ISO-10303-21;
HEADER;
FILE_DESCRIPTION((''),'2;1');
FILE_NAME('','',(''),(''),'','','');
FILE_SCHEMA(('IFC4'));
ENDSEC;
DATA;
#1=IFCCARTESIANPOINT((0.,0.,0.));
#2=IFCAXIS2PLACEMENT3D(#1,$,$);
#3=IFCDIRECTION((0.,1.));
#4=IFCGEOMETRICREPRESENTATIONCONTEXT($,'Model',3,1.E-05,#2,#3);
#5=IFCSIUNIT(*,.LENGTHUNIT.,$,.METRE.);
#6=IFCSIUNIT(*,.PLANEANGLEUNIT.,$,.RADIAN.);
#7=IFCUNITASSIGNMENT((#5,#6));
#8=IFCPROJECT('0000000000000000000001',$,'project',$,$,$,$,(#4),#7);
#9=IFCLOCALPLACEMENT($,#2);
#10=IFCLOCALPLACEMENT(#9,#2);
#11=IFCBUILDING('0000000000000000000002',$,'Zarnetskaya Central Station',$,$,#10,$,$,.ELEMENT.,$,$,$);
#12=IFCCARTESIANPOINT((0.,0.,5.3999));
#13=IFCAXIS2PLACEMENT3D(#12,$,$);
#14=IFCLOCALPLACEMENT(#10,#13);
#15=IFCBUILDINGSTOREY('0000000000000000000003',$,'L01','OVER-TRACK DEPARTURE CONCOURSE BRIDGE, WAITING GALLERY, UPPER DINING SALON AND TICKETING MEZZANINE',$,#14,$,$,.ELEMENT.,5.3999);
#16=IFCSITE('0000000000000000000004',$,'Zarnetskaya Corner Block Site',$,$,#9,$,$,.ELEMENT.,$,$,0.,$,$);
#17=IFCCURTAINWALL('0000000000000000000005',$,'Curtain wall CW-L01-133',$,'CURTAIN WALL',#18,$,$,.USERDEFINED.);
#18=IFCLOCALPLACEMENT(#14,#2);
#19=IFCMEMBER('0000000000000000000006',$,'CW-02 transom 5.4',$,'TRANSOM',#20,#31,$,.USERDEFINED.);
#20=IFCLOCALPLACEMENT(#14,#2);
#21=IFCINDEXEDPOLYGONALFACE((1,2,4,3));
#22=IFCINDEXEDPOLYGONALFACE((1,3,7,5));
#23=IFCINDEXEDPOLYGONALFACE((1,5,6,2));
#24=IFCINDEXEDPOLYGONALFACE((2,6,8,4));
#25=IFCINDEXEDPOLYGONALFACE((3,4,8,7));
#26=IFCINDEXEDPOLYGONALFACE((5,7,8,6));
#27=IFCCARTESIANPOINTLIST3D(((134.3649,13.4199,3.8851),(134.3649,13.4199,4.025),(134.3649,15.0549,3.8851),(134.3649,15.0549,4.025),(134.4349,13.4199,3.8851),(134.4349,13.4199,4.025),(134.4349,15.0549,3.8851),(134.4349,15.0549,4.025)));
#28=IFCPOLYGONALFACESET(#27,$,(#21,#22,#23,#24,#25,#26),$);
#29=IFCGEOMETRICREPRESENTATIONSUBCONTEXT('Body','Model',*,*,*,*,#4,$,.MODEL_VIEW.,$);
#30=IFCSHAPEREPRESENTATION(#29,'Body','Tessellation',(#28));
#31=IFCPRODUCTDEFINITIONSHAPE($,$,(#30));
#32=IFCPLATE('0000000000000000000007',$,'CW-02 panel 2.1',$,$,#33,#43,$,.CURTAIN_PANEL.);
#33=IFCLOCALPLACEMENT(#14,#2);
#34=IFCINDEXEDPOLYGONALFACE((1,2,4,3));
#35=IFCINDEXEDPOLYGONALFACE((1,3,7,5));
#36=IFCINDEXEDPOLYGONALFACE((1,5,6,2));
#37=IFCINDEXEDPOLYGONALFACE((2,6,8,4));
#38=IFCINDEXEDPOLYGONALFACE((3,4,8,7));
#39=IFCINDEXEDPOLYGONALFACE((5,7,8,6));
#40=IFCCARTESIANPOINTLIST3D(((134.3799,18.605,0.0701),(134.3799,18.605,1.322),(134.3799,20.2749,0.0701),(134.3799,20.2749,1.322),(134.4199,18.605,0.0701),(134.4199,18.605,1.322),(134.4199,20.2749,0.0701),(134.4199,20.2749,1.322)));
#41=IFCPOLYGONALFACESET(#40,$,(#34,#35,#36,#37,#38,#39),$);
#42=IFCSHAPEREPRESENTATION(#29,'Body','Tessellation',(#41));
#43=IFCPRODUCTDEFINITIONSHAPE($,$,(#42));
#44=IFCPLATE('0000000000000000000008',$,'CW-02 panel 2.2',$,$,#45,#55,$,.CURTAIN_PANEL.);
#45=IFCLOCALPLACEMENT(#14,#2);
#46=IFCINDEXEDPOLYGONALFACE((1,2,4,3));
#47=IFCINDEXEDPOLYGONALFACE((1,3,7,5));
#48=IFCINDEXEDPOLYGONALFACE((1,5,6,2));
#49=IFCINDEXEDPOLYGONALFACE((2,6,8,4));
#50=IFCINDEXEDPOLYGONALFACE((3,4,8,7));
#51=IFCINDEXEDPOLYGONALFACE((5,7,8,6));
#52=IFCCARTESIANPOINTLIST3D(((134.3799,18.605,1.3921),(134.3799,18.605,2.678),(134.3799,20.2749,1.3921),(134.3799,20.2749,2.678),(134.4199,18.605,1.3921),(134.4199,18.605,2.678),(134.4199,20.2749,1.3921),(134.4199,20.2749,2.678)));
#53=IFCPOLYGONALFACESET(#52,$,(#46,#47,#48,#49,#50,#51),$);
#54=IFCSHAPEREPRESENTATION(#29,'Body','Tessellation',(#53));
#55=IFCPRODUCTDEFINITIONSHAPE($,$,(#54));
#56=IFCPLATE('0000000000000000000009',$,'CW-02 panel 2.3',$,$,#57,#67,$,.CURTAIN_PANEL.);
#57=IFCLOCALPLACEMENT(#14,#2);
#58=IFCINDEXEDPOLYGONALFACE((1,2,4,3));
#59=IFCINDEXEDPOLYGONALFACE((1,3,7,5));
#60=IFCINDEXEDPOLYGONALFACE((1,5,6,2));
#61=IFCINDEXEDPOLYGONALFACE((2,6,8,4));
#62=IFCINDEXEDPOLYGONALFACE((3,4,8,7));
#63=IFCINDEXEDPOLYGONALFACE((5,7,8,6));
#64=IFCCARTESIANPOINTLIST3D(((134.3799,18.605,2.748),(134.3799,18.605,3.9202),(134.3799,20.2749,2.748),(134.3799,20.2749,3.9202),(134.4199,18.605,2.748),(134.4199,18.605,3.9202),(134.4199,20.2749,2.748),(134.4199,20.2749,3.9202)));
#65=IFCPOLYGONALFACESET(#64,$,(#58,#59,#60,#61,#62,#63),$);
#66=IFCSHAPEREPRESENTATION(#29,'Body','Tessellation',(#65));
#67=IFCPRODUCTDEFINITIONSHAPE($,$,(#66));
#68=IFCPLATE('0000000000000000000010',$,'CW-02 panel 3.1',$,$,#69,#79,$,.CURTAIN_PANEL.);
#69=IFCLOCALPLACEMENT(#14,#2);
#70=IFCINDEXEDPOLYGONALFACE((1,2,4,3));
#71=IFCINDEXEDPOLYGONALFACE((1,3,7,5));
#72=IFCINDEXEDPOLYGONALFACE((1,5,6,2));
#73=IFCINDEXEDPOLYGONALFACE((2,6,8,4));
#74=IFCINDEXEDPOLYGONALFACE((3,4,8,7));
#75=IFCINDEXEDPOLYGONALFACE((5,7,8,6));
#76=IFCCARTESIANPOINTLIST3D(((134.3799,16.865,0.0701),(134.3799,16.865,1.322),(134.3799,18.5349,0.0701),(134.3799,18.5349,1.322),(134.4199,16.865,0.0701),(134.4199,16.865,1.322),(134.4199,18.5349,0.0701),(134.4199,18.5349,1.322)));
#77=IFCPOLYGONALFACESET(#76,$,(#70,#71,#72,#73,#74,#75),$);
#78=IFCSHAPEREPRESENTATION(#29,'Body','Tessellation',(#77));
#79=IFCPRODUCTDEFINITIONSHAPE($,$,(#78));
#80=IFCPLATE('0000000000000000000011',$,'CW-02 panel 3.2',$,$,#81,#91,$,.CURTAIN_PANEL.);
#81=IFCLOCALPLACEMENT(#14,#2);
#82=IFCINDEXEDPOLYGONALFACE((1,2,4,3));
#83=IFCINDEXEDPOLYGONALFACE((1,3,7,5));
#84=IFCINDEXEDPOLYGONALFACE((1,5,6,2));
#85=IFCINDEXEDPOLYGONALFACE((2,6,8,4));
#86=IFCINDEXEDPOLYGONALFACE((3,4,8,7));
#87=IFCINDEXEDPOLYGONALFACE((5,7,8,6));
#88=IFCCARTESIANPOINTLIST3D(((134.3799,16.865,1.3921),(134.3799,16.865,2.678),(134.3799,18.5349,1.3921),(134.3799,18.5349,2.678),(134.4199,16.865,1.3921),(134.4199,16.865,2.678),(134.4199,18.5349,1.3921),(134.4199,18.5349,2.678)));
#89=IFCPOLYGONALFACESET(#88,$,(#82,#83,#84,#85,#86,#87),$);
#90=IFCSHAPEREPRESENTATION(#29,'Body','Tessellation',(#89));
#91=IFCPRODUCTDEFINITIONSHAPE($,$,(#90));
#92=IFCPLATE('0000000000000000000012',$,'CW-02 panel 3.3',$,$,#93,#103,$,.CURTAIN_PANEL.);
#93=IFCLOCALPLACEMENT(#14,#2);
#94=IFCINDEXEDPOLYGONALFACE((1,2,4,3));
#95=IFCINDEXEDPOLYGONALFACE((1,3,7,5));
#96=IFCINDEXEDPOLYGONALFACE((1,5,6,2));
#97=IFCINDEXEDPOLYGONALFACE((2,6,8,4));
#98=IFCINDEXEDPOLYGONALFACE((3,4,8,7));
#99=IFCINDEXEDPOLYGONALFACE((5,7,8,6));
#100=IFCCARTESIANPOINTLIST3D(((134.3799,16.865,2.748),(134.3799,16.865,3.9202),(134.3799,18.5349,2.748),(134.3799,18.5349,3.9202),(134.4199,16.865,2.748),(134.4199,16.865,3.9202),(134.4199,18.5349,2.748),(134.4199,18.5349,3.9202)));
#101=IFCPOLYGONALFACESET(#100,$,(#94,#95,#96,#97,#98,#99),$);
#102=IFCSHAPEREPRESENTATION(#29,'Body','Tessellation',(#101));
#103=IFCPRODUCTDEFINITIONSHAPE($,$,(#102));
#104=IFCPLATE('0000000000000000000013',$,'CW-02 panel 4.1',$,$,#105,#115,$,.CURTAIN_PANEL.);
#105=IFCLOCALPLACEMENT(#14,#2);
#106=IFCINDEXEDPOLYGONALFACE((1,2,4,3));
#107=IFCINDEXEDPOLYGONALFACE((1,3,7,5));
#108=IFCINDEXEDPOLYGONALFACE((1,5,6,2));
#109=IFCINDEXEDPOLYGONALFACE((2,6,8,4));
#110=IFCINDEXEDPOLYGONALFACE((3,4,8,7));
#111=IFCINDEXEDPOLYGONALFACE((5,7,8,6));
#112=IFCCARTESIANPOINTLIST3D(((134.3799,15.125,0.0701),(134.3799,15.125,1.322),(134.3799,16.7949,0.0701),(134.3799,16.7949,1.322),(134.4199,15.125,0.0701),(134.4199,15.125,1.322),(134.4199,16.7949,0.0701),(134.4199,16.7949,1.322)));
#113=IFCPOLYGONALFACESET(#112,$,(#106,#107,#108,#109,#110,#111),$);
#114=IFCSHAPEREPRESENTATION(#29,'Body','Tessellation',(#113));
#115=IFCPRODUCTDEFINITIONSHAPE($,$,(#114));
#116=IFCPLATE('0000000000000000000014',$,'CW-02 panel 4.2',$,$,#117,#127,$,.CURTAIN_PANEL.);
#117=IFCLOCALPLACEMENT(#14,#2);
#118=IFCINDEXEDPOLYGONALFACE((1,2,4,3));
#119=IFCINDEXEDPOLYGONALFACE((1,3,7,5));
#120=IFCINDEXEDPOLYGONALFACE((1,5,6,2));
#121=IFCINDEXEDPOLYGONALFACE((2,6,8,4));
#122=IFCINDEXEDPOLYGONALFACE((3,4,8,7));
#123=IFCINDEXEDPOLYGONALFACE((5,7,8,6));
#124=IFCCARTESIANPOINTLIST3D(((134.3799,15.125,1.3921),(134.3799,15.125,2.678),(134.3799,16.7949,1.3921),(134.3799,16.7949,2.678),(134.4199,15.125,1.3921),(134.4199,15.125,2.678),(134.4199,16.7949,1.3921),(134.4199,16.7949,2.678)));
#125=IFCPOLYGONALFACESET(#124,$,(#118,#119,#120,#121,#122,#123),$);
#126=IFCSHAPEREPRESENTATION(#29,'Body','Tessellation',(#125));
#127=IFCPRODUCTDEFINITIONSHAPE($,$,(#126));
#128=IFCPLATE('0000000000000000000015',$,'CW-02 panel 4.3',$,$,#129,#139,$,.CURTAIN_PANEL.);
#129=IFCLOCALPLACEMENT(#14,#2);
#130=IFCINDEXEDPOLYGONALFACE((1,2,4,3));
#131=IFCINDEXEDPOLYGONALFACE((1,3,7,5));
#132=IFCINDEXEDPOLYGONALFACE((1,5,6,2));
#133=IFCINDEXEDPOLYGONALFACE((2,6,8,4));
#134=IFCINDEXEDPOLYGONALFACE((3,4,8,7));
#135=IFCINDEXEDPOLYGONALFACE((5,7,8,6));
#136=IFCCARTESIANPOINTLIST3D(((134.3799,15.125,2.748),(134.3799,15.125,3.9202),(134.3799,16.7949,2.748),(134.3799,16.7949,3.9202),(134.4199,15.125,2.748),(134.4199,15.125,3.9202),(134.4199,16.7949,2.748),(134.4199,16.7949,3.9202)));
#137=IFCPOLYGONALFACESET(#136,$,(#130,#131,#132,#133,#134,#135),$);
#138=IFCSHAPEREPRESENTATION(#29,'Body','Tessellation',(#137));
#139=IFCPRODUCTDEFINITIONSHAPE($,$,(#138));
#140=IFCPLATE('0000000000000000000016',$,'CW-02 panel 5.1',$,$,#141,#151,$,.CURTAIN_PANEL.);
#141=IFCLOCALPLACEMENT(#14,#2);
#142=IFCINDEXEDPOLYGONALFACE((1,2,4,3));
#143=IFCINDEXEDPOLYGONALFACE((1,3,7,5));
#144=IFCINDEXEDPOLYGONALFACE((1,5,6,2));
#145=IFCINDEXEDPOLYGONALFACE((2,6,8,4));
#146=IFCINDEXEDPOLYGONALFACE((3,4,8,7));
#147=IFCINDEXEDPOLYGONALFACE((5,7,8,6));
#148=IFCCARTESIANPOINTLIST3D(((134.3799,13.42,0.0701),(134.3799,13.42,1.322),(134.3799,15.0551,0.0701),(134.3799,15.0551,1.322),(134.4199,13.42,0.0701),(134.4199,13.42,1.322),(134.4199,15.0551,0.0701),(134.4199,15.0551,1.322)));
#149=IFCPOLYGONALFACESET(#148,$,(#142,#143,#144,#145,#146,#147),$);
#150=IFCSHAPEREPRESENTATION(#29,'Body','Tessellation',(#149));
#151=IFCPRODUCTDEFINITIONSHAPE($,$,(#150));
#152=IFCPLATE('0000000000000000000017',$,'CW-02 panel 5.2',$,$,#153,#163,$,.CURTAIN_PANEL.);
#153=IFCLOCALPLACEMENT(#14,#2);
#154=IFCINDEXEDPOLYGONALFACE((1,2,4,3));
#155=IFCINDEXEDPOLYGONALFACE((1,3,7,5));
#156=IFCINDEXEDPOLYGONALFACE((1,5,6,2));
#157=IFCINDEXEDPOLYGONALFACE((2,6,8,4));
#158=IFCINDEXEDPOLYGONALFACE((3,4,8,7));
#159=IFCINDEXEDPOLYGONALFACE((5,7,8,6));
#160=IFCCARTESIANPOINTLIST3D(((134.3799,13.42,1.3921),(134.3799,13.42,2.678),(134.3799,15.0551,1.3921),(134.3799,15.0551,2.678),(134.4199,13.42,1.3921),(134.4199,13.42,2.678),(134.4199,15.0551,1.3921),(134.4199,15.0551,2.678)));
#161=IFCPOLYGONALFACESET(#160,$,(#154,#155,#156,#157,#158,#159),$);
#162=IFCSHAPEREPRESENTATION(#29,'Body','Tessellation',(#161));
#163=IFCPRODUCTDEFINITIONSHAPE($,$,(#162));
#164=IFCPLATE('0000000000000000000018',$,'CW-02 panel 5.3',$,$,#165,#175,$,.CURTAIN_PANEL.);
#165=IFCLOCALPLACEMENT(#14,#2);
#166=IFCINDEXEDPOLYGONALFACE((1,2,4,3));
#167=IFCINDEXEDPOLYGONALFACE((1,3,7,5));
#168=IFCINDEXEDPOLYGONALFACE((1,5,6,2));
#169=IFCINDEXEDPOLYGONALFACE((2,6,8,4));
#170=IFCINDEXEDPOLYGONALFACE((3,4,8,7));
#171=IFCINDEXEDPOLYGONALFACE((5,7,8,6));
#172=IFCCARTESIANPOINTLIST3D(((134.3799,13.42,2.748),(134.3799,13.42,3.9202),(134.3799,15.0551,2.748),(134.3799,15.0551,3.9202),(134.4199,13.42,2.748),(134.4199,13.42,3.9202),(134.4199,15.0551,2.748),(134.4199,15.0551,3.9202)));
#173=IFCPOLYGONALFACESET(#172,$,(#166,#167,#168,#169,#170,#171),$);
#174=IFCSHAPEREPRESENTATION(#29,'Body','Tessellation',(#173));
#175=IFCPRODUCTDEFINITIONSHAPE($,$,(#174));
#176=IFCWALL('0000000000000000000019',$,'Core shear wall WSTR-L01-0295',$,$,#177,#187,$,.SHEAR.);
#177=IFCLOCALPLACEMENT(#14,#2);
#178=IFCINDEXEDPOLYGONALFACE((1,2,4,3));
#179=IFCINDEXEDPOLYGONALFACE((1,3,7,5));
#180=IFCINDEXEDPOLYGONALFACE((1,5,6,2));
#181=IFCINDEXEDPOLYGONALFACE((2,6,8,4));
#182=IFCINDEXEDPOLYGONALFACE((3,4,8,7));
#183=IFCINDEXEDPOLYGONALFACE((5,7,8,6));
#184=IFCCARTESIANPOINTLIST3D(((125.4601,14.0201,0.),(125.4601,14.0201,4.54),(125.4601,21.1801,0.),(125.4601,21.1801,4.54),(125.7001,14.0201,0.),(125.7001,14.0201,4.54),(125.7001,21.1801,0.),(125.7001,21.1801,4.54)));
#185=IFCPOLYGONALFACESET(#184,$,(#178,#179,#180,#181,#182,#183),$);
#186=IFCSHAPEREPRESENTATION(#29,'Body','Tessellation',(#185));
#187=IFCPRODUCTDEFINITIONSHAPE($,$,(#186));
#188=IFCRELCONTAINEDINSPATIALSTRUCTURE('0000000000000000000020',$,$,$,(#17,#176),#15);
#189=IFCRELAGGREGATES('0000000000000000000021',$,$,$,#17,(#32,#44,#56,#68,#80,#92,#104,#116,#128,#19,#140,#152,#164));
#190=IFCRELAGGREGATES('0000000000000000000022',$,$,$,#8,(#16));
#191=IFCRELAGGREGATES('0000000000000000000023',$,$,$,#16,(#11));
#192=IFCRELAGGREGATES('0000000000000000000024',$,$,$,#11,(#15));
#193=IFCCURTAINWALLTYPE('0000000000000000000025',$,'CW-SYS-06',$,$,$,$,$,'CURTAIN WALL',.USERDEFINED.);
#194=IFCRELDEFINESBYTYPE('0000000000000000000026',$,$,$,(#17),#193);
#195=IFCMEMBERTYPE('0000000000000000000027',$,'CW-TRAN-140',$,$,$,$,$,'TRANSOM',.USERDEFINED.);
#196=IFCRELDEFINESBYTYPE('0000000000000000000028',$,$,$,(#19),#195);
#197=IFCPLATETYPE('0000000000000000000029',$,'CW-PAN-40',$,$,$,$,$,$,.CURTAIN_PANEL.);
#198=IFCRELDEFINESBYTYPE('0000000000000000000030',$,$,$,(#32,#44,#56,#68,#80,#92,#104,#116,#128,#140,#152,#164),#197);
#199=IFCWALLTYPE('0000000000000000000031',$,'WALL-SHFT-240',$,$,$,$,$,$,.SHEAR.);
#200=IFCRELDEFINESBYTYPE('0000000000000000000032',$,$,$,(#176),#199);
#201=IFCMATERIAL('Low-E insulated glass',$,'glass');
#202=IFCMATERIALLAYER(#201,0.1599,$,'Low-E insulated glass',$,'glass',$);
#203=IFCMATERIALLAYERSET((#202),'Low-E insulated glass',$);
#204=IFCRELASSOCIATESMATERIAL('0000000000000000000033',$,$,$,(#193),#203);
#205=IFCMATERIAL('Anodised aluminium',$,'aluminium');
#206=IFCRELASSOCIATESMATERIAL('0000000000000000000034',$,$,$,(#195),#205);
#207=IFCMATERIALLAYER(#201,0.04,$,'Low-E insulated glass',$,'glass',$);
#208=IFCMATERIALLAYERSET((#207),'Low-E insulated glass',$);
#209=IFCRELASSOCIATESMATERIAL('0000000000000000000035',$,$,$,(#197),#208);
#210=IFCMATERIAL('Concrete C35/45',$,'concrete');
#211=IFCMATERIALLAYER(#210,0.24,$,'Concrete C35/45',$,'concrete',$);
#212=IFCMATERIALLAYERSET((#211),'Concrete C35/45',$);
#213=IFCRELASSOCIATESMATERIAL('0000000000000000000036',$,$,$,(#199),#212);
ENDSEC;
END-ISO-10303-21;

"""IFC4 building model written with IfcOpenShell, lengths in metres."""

from ifc_helpers import new_model, si_unit, direction, frame, frame_2d, origin, origin_2d, place, context, subcontext, project, spatial, rectangle, extrude, material, layer, layer_set, material_profile, profile_set, type_object, element, aggregate, save


model = new_model("IFC4")

# Units and contexts
model_context = context("Model", 3, precision=1e-05, world=origin(), true_north=direction((0.0, 1.0)))
body_context = subcontext(model_context, "Body", "Model", "MODEL_VIEW")
ifc_project = project(units=[si_unit("LENGTHUNIT", "METRE"), si_unit("PLANEANGLEUNIT", "RADIAN")], contexts=[model_context])

# Site, building, storey
site_placement = place(None, origin())
site = spatial("IfcSite", under=ifc_project, at=site_placement, Name="Zarnetskaya Corner Block Site", CompositionType="ELEMENT", RefElevation=0.0)
building_placement = place(site_placement, origin())
building = spatial("IfcBuilding", under=site, at=building_placement, Name="Zarnetskaya Central Station", CompositionType="ELEMENT")
storey_placement = place(building_placement, frame((0.0, 0.0, 5.3999)))
storey = spatial("IfcBuildingStorey", under=building, at=storey_placement, Name="L01", Description="OVER-TRACK DEPARTURE CONCOURSE BRIDGE, WAITING GALLERY, UPPER DINING SALON AND TICKETING MEZZANINE", CompositionType="ELEMENT", Elevation=5.3999)

# Curtain wall, member, plates
ifc_material_1 = material(Name="Low-E insulated glass", Category="glass")
ifc_layer_1 = layer(ifc_material_1, 0.1599, Name="Low-E insulated glass", Category="glass")
ifc_layer_set_1 = layer_set([ifc_layer_1], Name="Low-E insulated glass")
curtain_wall_type = type_object("IfcCurtainWallType", Name="CW-SYS-06", ElementType="CURTAIN WALL", PredefinedType="USERDEFINED", material=ifc_layer_set_1)
curtain_wall_placement = place(storey_placement, origin())
curtain_wall = element("IfcCurtainWall", 1, at=curtain_wall_placement, inside=storey, type_object=curtain_wall_type, Name="Curtain wall CW-L01-133", ObjectType="CURTAIN WALL", PredefinedType="USERDEFINED")
ifc_material_2 = material(Name="Anodised aluminium", Category="aluminium")
ifc_material_profile_1 = material_profile(ifc_material_2, rectangle(XDim=0.0701, YDim=0.1399, at=origin_2d()), Name="ALU TRAN 70x140")
ifc_profile_set_1 = profile_set([ifc_material_profile_1], Name="Anodised aluminium")
member_type_1 = type_object("IfcMemberType", Name="CW-TRAN-140", ElementType="TRANSOM", PredefinedType="USERDEFINED", material=ifc_profile_set_1)
member_1_placement = place(storey_placement, frame((134.3999, 15.0549, 3.9551), z_axis=(0.0, -1.0, 0.0), x_axis=(1.0, 0.0, 0.0)))
member_1 = element("IfcMember", 2, at=member_1_placement, type_object=member_type_1, Name="CW-02 transom 5.4", ObjectType="TRANSOM", PredefinedType="USERDEFINED", context=body_context, shape_type="SweptSolid", body=[
    extrude(rectangle(XDim=0.0701, YDim=0.1399, at=origin_2d()), origin(), (0.0, 0.0, 1.0), 1.635),
])
ifc_layer_2 = layer(ifc_material_1, 0.04, Name="Low-E insulated glass", Category="glass")
ifc_layer_set_2 = layer_set([ifc_layer_2], Name="Low-E insulated glass")
plate_type = type_object("IfcPlateType", Name="CW-PAN-40", PredefinedType="CURTAIN_PANEL", material=ifc_layer_set_2)
plate_1_placement = place(storey_placement, frame((134.3999, 19.4399, 0.0701), z_axis=(0.0, 0.0, 1.0), x_axis=(0.0, -1.0, 0.0)))
plate_1 = element("IfcPlate", 3, at=plate_1_placement, type_object=plate_type, Name="CW-02 panel 2.1", PredefinedType="CURTAIN_PANEL", context=body_context, shape_type="SweptSolid", body=[
    extrude(rectangle(XDim=1.6699, YDim=0.04, at=origin_2d()), origin(), (0.0, 0.0, 1.0), 1.252),
])
plate_2_placement = place(storey_placement, frame((134.3999, 19.4399, 1.3921), z_axis=(0.0, 0.0, 1.0), x_axis=(0.0, -1.0, 0.0)))
plate_2 = element("IfcPlate", 4, at=plate_2_placement, type_object=plate_type, Name="CW-02 panel 2.2", PredefinedType="CURTAIN_PANEL", context=body_context, shape_type="SweptSolid", body=[
    extrude(rectangle(XDim=1.6699, YDim=0.04, at=origin_2d()), origin(), (0.0, 0.0, 1.0), 1.2859),
])
plate_3_placement = place(storey_placement, frame((134.3999, 19.4399, 2.748), z_axis=(0.0, 0.0, 1.0), x_axis=(0.0, -1.0, 0.0)))
plate_3 = element("IfcPlate", 5, at=plate_3_placement, type_object=plate_type, Name="CW-02 panel 2.3", PredefinedType="CURTAIN_PANEL", context=body_context, shape_type="SweptSolid", body=[
    extrude(rectangle(XDim=1.6699, YDim=0.04, at=origin_2d()), origin(), (0.0, 0.0, 1.0), 1.1721),
])
plate_4_placement = place(storey_placement, frame((134.3999, 17.7, 0.0701), z_axis=(0.0, 0.0, 1.0), x_axis=(0.0, -1.0, 0.0)))
plate_4 = element("IfcPlate", 6, at=plate_4_placement, type_object=plate_type, Name="CW-02 panel 3.1", PredefinedType="CURTAIN_PANEL", context=body_context, shape_type="SweptSolid", body=[
    extrude(rectangle(XDim=1.6699, YDim=0.04, at=origin_2d()), origin(), (0.0, 0.0, 1.0), 1.252),
])
plate_5_placement = place(storey_placement, frame((134.3999, 17.7, 1.3921), z_axis=(0.0, 0.0, 1.0), x_axis=(0.0, -1.0, 0.0)))
plate_5 = element("IfcPlate", 7, at=plate_5_placement, type_object=plate_type, Name="CW-02 panel 3.2", PredefinedType="CURTAIN_PANEL", context=body_context, shape_type="SweptSolid", body=[
    extrude(rectangle(XDim=1.6699, YDim=0.04, at=origin_2d()), origin(), (0.0, 0.0, 1.0), 1.2859),
])
plate_6_placement = place(storey_placement, frame((134.3999, 17.7, 2.748), z_axis=(0.0, 0.0, 1.0), x_axis=(0.0, -1.0, 0.0)))
plate_6 = element("IfcPlate", 8, at=plate_6_placement, type_object=plate_type, Name="CW-02 panel 3.3", PredefinedType="CURTAIN_PANEL", context=body_context, shape_type="SweptSolid", body=[
    extrude(rectangle(XDim=1.6699, YDim=0.04, at=origin_2d()), origin(), (0.0, 0.0, 1.0), 1.1721),
])
plate_7_placement = place(storey_placement, frame((134.3999, 15.96, 0.0701), z_axis=(0.0, 0.0, 1.0), x_axis=(0.0, -1.0, 0.0)))
plate_7 = element("IfcPlate", 9, at=plate_7_placement, type_object=plate_type, Name="CW-02 panel 4.1", PredefinedType="CURTAIN_PANEL", context=body_context, shape_type="SweptSolid", body=[
    extrude(rectangle(XDim=1.6699, YDim=0.04, at=origin_2d()), origin(), (0.0, 0.0, 1.0), 1.252),
])
plate_8_placement = place(storey_placement, frame((134.3999, 15.96, 1.3921), z_axis=(0.0, 0.0, 1.0), x_axis=(0.0, -1.0, 0.0)))
plate_8 = element("IfcPlate", 10, at=plate_8_placement, type_object=plate_type, Name="CW-02 panel 4.2", PredefinedType="CURTAIN_PANEL", context=body_context, shape_type="SweptSolid", body=[
    extrude(rectangle(XDim=1.6699, YDim=0.04, at=origin_2d()), origin(), (0.0, 0.0, 1.0), 1.2859),
])
plate_9_placement = place(storey_placement, frame((134.3999, 15.96, 2.748), z_axis=(0.0, 0.0, 1.0), x_axis=(0.0, -1.0, 0.0)))
plate_9 = element("IfcPlate", 11, at=plate_9_placement, type_object=plate_type, Name="CW-02 panel 4.3", PredefinedType="CURTAIN_PANEL", context=body_context, shape_type="SweptSolid", body=[
    extrude(rectangle(XDim=1.6699, YDim=0.04, at=origin_2d()), origin(), (0.0, 0.0, 1.0), 1.1721),
])
plate_10_placement = place(storey_placement, frame((134.3999, 14.2375, 0.0701), z_axis=(0.0, 0.0, 1.0), x_axis=(0.0, -1.0, 0.0)))
plate_10 = element("IfcPlate", 12, at=plate_10_placement, type_object=plate_type, Name="CW-02 panel 5.1", PredefinedType="CURTAIN_PANEL", context=body_context, shape_type="SweptSolid", body=[
    extrude(rectangle(XDim=1.635, YDim=0.04, at=origin_2d()), origin(), (0.0, 0.0, 1.0), 1.252),
])
plate_11_placement = place(storey_placement, frame((134.3999, 14.2375, 1.3921), z_axis=(0.0, 0.0, 1.0), x_axis=(0.0, -1.0, 0.0)))
plate_11 = element("IfcPlate", 13, at=plate_11_placement, type_object=plate_type, Name="CW-02 panel 5.2", PredefinedType="CURTAIN_PANEL", context=body_context, shape_type="SweptSolid", body=[
    extrude(rectangle(XDim=1.635, YDim=0.04, at=origin_2d()), origin(), (0.0, 0.0, 1.0), 1.2859),
])
plate_12_placement = place(storey_placement, frame((134.3999, 14.2375, 2.748), z_axis=(0.0, 0.0, 1.0), x_axis=(0.0, -1.0, 0.0)))
plate_12 = element("IfcPlate", 14, at=plate_12_placement, type_object=plate_type, Name="CW-02 panel 5.3", PredefinedType="CURTAIN_PANEL", context=body_context, shape_type="SweptSolid", body=[
    extrude(rectangle(XDim=1.635, YDim=0.04, at=origin_2d()), origin(), (0.0, 0.0, 1.0), 1.1721),
])
aggregate(curtain_wall, [plate_1, plate_2, plate_3, plate_4, plate_5, plate_6, plate_7, plate_8, plate_9, member_1, plate_10, plate_11, plate_12])

# Wall
ifc_material_3 = material(Name="Concrete C35/45", Category="concrete")
ifc_layer_3 = layer(ifc_material_3, 0.24, Name="Concrete C35/45", Category="concrete")
ifc_layer_set_3 = layer_set([ifc_layer_3], Name="Concrete C35/45")
wall_type = type_object("IfcWallType", Name="WALL-SHFT-240", PredefinedType="SHEAR", material=ifc_layer_set_3)
wall_placement = place(storey_placement, frame((125.5801, 14.02, 0.0), z_axis=(0.0, 0.0, 1.0), x_axis=(0.0, 1.0, 0.0)))
element("IfcWall", 15, at=wall_placement, inside=storey, type_object=wall_type, Name="Core shear wall WSTR-L01-0295", PredefinedType="SHEAR", context=body_context, shape_type="SweptSolid", body=[
    extrude(rectangle(XDim=7.1599, YDim=0.24, at=frame_2d((3.5801, 0.0))), origin(), (0.0, 0.0, 1.0), 4.54),
])

save(model, "model.ifc")
